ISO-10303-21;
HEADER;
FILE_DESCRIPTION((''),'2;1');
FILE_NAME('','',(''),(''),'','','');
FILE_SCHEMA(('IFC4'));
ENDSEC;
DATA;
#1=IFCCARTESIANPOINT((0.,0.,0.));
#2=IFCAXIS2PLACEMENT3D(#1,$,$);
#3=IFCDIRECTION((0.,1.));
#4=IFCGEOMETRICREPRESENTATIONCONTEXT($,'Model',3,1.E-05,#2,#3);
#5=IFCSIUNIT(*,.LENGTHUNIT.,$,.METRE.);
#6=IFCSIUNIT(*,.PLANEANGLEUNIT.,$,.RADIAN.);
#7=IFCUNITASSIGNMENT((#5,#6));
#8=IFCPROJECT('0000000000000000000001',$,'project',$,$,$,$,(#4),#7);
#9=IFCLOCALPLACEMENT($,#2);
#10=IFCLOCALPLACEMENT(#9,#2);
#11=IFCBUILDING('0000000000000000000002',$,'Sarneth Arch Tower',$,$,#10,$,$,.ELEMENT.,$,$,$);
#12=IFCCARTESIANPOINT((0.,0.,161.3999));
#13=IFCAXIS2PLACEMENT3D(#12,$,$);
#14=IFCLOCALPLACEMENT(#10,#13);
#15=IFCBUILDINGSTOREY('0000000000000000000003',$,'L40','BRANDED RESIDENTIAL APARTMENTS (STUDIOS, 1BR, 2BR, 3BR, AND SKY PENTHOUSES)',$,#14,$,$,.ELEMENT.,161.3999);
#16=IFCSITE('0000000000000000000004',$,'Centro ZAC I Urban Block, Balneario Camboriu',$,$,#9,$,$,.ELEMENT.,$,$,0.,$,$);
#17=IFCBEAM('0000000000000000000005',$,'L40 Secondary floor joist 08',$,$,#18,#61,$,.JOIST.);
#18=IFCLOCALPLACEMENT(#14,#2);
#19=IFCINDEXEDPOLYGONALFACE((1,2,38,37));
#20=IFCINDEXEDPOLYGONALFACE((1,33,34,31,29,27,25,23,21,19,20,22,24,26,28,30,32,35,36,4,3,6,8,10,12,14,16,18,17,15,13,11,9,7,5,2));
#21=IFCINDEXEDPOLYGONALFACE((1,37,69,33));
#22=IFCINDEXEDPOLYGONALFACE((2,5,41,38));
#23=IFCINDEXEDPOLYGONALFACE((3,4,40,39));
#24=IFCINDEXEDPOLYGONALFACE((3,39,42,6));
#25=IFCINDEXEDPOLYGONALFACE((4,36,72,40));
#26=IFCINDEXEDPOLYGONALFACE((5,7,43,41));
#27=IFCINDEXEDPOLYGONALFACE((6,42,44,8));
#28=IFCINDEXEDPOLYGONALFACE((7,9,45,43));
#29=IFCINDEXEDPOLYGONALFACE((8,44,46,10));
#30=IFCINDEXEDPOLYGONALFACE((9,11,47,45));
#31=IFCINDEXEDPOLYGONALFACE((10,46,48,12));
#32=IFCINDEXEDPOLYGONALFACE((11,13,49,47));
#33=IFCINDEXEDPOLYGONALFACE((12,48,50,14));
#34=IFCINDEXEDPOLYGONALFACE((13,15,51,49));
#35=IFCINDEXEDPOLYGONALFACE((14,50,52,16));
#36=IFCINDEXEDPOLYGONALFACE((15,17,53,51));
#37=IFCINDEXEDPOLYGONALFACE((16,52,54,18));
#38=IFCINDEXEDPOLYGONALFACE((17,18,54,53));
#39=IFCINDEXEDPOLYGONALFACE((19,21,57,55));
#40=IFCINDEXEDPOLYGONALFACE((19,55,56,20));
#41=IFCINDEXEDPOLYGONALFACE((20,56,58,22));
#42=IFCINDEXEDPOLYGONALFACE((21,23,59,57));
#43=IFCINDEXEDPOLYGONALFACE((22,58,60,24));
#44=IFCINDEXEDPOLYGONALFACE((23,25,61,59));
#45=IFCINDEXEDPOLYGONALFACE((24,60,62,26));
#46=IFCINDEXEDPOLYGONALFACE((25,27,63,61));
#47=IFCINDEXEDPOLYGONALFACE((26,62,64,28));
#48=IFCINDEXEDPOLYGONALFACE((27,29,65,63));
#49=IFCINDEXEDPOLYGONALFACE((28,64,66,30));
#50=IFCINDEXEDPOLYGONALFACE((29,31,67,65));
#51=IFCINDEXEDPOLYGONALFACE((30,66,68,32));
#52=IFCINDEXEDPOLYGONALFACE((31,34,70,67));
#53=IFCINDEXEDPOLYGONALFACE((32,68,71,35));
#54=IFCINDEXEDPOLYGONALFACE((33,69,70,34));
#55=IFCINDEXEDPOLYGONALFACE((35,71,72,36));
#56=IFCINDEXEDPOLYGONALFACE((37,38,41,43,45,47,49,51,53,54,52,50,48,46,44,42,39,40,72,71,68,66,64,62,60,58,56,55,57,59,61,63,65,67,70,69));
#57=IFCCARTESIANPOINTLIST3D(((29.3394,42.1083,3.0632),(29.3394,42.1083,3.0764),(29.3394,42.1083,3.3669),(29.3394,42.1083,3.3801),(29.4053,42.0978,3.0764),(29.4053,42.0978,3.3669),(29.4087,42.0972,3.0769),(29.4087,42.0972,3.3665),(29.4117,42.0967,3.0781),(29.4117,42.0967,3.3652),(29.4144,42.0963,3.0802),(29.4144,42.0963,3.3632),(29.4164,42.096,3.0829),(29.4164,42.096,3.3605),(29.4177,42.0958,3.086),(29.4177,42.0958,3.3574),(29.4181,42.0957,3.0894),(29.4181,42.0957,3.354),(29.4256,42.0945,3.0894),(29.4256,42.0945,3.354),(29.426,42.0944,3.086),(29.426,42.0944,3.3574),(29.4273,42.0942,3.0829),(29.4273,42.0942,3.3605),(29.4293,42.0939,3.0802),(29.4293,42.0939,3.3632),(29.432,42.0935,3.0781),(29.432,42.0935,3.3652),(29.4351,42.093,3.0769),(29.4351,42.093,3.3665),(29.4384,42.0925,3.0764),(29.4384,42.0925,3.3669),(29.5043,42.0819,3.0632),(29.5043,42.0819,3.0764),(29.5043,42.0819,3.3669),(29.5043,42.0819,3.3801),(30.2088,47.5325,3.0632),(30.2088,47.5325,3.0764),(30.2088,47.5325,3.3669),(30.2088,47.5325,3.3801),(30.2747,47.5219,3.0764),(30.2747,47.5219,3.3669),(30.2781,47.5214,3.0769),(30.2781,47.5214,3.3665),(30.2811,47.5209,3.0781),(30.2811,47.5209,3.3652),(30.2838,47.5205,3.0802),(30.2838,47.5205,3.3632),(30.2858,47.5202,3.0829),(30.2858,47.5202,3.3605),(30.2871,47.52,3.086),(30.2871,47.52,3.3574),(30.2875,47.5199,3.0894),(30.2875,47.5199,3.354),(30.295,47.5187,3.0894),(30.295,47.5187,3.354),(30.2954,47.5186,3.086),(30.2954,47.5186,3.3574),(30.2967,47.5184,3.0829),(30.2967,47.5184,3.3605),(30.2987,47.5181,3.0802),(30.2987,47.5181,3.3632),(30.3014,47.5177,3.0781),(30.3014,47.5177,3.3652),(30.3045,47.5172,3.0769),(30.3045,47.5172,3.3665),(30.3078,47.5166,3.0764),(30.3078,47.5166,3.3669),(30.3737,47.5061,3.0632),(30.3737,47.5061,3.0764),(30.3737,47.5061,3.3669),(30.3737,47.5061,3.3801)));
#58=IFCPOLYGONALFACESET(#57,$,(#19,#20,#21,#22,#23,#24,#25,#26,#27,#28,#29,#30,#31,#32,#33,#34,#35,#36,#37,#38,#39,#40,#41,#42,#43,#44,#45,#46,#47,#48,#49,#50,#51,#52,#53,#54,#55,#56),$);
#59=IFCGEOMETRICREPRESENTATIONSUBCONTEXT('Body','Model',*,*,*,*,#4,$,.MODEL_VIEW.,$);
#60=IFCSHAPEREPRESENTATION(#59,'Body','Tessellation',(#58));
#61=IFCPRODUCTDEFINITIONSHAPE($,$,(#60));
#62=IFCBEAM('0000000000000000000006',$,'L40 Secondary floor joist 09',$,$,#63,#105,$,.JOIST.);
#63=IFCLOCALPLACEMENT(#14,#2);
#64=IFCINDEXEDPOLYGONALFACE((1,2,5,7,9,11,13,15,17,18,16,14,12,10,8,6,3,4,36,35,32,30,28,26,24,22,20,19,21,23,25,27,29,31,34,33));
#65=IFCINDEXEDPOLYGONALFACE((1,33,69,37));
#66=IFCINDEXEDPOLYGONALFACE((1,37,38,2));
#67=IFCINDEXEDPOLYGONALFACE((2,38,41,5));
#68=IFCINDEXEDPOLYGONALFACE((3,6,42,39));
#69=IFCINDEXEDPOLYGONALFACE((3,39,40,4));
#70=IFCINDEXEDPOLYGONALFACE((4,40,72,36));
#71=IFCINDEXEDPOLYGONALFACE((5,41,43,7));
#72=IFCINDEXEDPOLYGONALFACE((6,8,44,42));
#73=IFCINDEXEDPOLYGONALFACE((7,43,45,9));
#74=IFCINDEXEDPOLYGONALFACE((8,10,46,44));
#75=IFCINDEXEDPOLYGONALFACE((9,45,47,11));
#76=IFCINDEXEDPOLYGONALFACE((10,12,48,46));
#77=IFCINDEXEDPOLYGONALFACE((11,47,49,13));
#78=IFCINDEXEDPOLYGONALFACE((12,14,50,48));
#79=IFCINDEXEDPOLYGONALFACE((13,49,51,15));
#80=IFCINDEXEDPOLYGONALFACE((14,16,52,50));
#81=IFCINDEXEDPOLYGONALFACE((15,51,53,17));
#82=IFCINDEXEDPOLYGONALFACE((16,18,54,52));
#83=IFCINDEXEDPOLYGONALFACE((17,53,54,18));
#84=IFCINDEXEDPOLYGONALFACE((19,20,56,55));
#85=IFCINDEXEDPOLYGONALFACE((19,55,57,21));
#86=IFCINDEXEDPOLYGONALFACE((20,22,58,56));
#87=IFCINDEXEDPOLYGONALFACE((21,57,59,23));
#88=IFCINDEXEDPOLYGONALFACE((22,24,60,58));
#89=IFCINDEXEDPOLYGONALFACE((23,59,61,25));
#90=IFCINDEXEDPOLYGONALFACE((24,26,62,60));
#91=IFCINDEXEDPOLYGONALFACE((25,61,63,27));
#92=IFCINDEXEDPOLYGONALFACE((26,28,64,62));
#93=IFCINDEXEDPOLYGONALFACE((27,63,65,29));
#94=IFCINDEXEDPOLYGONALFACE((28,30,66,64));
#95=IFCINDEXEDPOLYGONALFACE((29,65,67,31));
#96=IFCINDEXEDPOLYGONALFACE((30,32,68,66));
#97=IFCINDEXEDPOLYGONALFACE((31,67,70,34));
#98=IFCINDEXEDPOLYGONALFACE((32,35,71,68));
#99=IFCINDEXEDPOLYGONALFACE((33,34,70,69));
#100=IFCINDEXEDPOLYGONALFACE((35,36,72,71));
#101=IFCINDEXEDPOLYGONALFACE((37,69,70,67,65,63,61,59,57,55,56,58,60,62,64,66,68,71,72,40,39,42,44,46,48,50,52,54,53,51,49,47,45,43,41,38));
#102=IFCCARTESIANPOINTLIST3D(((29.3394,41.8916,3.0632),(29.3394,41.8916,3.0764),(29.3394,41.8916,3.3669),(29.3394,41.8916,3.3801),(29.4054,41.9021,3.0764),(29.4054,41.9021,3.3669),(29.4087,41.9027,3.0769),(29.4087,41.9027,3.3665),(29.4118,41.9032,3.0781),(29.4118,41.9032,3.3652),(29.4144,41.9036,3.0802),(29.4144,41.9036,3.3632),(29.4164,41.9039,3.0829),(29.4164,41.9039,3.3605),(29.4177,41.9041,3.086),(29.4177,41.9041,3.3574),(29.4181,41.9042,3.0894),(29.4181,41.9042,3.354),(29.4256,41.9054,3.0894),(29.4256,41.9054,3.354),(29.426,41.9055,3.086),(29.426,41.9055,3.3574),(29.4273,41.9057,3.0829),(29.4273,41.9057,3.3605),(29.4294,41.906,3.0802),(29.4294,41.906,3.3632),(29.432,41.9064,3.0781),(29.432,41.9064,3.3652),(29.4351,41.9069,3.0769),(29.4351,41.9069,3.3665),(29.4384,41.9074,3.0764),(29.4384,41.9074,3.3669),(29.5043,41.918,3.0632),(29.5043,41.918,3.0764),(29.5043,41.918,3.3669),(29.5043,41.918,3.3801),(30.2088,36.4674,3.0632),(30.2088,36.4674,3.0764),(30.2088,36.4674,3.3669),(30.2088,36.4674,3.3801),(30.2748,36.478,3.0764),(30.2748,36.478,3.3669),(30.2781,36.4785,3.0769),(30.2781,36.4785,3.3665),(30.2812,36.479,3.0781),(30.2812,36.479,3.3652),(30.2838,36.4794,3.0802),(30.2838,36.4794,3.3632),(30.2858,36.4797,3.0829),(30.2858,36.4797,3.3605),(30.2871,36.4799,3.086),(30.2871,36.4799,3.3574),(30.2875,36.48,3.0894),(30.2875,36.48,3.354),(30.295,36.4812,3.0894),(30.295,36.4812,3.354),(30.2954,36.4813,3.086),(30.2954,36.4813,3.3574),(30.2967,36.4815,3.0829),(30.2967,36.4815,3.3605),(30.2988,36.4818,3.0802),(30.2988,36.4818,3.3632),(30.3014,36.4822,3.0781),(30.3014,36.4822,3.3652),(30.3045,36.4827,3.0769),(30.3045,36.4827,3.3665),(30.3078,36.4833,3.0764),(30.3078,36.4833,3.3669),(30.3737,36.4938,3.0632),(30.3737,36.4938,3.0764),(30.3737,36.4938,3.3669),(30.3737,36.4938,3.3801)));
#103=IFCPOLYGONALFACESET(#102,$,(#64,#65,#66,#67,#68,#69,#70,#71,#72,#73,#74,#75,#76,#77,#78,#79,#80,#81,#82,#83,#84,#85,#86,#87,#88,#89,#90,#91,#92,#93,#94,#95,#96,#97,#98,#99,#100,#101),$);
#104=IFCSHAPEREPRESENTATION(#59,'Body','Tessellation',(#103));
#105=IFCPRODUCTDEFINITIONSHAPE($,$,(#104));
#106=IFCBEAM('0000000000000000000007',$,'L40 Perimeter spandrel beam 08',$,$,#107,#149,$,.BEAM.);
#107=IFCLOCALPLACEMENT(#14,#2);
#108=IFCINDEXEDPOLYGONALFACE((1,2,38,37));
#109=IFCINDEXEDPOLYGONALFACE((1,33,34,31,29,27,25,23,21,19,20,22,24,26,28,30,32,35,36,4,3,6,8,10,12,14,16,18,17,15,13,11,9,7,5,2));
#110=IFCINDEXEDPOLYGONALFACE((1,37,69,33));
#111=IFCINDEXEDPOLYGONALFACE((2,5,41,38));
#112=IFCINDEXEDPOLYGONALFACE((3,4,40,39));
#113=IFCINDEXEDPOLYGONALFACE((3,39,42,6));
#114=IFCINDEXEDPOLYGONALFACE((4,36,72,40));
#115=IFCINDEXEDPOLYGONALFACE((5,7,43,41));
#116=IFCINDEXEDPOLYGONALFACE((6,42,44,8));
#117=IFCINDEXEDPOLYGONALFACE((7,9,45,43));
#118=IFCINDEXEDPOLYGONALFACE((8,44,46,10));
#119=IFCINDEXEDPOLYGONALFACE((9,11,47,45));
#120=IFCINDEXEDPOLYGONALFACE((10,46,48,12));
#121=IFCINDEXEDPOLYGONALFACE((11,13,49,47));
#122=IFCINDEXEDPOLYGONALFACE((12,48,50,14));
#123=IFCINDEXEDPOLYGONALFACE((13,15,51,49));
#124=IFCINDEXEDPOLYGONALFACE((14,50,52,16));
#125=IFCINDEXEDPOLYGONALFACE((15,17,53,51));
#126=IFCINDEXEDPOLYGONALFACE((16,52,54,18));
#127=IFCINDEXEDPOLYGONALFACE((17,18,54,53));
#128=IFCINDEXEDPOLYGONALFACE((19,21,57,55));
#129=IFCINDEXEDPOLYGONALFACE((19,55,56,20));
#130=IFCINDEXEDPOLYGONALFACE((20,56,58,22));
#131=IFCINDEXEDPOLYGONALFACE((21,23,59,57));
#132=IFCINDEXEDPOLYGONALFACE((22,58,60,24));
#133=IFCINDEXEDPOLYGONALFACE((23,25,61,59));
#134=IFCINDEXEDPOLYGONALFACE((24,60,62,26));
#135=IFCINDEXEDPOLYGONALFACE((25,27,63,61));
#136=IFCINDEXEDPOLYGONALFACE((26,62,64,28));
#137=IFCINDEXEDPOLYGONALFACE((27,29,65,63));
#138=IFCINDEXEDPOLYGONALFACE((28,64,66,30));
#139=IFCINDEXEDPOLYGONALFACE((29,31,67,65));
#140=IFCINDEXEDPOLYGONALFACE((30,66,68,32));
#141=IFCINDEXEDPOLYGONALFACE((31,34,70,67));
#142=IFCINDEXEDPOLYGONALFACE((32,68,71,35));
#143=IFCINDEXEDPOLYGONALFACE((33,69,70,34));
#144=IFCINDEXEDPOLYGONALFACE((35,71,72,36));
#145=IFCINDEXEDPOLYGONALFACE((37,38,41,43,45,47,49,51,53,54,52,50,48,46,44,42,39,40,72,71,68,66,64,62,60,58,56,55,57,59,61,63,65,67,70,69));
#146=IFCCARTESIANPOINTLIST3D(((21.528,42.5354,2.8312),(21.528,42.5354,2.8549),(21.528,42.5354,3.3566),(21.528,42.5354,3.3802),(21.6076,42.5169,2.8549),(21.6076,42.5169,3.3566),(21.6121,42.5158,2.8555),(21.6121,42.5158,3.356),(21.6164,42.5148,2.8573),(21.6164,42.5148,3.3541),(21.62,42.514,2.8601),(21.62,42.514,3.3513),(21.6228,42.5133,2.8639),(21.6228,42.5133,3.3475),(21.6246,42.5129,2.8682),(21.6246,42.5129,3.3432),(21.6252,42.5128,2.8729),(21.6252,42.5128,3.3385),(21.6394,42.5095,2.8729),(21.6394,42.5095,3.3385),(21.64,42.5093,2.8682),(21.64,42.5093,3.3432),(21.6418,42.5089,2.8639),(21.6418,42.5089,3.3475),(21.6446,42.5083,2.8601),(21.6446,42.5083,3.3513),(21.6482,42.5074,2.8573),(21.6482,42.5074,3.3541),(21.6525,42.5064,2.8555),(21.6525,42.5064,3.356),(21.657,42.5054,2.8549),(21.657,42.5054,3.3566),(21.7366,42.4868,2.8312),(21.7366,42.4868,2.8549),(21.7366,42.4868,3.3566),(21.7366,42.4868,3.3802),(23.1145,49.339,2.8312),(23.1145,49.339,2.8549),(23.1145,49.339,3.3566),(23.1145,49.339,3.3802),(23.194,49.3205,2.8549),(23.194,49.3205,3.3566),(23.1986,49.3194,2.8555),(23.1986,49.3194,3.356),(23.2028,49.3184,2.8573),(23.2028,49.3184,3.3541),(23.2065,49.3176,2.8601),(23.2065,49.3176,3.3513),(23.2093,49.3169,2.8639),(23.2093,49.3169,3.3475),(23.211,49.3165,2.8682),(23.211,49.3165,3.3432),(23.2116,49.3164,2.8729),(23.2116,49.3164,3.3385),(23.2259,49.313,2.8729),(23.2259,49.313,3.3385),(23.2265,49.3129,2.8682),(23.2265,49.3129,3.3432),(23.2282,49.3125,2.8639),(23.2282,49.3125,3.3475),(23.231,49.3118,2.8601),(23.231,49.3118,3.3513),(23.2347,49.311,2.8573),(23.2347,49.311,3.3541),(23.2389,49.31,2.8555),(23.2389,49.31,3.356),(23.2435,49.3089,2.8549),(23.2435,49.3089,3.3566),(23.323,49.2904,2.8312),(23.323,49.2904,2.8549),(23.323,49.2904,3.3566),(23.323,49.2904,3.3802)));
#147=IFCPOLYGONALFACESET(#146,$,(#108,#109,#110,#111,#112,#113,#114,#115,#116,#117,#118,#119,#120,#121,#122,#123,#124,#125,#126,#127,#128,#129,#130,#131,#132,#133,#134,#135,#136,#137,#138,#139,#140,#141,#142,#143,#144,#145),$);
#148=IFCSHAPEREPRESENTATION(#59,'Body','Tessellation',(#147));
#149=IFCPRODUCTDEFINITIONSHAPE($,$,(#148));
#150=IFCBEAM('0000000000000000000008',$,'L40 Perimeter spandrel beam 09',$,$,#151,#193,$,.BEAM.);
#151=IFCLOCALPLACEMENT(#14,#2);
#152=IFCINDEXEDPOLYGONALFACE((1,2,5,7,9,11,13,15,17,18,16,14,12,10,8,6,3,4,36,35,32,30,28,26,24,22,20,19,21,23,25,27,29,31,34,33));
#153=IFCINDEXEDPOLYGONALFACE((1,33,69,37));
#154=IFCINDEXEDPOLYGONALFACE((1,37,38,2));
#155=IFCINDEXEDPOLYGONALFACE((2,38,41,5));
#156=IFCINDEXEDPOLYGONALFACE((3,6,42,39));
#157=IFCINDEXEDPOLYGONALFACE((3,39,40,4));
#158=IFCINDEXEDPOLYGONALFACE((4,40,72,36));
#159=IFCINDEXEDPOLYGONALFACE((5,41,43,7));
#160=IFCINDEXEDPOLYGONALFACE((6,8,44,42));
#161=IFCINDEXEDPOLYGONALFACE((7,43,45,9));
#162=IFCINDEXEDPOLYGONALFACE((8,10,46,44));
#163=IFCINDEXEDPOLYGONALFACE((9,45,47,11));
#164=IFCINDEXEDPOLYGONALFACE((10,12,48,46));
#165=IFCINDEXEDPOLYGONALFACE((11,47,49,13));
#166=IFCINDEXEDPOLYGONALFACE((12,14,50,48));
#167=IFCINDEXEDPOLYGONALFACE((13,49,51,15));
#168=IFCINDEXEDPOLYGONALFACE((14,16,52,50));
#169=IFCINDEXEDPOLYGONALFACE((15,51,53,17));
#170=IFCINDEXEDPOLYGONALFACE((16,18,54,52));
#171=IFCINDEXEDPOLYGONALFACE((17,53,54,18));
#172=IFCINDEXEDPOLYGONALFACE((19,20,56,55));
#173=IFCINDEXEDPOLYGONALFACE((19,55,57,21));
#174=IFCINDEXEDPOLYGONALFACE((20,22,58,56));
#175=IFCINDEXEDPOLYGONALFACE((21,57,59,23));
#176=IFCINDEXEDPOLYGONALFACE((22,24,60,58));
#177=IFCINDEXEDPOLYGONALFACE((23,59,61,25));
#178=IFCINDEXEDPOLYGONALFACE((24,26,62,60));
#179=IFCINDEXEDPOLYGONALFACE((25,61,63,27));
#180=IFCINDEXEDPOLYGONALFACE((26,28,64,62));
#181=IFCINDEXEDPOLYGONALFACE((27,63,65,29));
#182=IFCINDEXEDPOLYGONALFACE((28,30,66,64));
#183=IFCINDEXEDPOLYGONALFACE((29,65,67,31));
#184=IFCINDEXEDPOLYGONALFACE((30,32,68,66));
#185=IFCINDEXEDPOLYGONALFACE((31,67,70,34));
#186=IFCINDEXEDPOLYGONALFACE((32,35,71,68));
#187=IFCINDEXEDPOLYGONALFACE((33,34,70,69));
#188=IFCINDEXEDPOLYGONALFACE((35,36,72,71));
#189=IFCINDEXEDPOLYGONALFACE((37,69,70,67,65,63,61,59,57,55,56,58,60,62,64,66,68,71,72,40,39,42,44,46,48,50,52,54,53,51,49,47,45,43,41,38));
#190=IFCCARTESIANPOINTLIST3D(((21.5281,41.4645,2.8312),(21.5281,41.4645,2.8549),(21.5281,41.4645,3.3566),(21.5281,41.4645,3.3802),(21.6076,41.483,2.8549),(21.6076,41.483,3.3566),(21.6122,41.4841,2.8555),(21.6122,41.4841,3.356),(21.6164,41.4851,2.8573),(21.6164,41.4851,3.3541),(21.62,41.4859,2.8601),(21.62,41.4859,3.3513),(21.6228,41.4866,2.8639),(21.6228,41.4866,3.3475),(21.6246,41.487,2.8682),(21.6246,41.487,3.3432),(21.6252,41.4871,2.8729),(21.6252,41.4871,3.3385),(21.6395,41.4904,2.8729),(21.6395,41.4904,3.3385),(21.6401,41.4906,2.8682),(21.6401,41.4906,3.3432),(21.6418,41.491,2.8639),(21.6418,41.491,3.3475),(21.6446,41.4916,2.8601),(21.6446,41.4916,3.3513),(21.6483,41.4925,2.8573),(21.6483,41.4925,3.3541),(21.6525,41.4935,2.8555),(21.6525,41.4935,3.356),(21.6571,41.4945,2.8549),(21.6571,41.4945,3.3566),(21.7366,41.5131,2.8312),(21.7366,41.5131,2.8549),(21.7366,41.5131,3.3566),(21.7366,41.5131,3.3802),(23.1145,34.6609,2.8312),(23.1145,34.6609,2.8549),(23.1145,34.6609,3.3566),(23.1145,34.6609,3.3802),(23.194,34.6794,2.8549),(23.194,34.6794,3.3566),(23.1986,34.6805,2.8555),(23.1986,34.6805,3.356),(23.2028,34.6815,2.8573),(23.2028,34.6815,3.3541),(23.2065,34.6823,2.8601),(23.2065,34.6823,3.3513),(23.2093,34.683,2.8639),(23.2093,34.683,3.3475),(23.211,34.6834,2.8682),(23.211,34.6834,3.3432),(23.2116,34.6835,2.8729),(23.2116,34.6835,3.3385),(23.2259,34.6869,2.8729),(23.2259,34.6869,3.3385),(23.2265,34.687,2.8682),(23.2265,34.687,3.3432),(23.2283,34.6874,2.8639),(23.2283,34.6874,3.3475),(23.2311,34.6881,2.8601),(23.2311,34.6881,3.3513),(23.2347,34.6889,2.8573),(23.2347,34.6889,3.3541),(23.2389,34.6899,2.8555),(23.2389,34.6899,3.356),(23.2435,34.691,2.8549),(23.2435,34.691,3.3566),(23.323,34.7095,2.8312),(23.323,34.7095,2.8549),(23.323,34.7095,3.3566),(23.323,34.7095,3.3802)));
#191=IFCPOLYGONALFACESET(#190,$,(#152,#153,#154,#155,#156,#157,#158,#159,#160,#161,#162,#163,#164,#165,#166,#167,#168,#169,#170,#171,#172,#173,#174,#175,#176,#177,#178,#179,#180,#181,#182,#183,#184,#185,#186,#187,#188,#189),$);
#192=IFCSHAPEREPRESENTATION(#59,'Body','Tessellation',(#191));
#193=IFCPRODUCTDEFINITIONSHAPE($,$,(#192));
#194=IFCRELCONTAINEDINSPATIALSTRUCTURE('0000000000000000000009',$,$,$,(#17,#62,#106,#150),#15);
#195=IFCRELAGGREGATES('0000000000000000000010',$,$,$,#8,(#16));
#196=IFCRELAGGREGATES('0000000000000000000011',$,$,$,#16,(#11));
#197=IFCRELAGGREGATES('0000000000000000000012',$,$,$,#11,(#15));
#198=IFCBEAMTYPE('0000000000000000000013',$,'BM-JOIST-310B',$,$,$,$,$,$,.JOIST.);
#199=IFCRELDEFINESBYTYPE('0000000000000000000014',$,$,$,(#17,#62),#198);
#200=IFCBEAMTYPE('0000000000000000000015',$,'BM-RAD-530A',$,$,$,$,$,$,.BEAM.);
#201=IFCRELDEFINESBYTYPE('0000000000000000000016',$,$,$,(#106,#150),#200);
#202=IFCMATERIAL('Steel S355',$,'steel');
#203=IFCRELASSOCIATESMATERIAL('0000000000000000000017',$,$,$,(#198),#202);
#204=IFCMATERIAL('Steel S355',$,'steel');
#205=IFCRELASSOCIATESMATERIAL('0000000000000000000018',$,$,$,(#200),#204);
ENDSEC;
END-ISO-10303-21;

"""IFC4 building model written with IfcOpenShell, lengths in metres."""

from ifc_helpers import new_model, si_unit, direction, frame, origin, origin_2d, place, context, subcontext, project, spatial, i_section, extrude, material, material_profile, profile_set, type_object, element, save


model = new_model("IFC4")

# Units and contexts
model_context = context("Model", 3, precision=1e-05, world=origin(), true_north=direction((0.0, 1.0)))
body_context = subcontext(model_context, "Body", "Model", "MODEL_VIEW")
ifc_project = project(units=[si_unit("LENGTHUNIT", "METRE"), si_unit("PLANEANGLEUNIT", "RADIAN")], contexts=[model_context])

# Site, building, storey
site_placement = place(None, origin())
site = spatial("IfcSite", under=ifc_project, at=site_placement, Name="Centro ZAC I Urban Block, Balneario Camboriu", CompositionType="ELEMENT", RefElevation=0.0)
building_placement = place(site_placement, origin())
building = spatial("IfcBuilding", under=site, at=building_placement, Name="Sarneth Arch Tower", CompositionType="ELEMENT")
storey_placement = place(building_placement, frame((0.0, 0.0, 161.3999)))
storey = spatial("IfcBuildingStorey", under=building, at=storey_placement, Name="L40", Description="BRANDED RESIDENTIAL APARTMENTS (STUDIOS, 1BR, 2BR, 3BR, AND SKY PENTHOUSES)", CompositionType="ELEMENT", Elevation=161.3999)

# Beams
ifc_material_1 = material(Name="Steel S355", Category="steel")
ifc_material_profile_1 = material_profile(ifc_material_1, i_section(OverallWidth=0.167, OverallDepth=0.3169, WebThickness=0.0076, FlangeThickness=0.0132, FilletRadius=0.0129, at=origin_2d()), Name="W310x52")
ifc_profile_set_1 = profile_set([ifc_material_profile_1], Name="Steel S355")
beam_type_1 = type_object("IfcBeamType", Name="BM-JOIST-310B", PredefinedType="JOIST", material=ifc_profile_set_1)
for number, where, z_axis, x_axis, name in (
    (1, (30.2913, 47.5193, 3.2217), (-0.158263, -0.987397, 0.0), (0.987397, -0.158263, 0.0), "L40 Secondary floor joist 08"),
    (2, (29.4219, 41.9048, 3.2217), (0.158263, -0.987397, 0.0), (0.987397, 0.158263, 0.0), "L40 Secondary floor joist 09"),
):
    element("IfcBeam", number, at=place(storey_placement, frame(where, z_axis=z_axis, x_axis=x_axis)), inside=storey, type_object=beam_type_1, Name=name, PredefinedType="JOIST", context=body_context, shape_type="SweptSolid", body=[
        extrude(i_section(OverallWidth=0.167, OverallDepth=0.3169, WebThickness=0.0076, FlangeThickness=0.0132, FilletRadius=0.0129, at=origin_2d()), origin(), (0.0, 0.0, 1.0), 5.4934),
    ])
ifc_material_2 = material(Name="Steel S355", Category="steel")
ifc_material_profile_2 = material_profile(ifc_material_2, i_section(OverallWidth=0.2141, OverallDepth=0.5491, WebThickness=0.0146, FlangeThickness=0.0237, FilletRadius=0.0181, at=origin_2d()), Name="W530x138")
ifc_profile_set_2 = profile_set([ifc_material_profile_2], Name="Steel S355")
beam_type_2 = type_object("IfcBeamType", Name="BM-RAD-530A", PredefinedType="BEAM", material=ifc_profile_set_2)
for number, where, z_axis, x_axis, name in (
    (3, (23.2188, 49.3147, 3.1057), (-0.227087, -0.973874, 0.0), (0.973874, -0.227087, 0.0), "L40 Perimeter spandrel beam 08"),
    (4, (21.6323, 41.4888, 3.1057), (0.227087, -0.973874, 0.0), (0.973874, 0.227087, 0.0), "L40 Perimeter spandrel beam 09"),
):
    element("IfcBeam", number, at=place(storey_placement, frame(where, z_axis=z_axis, x_axis=x_axis)), inside=storey, type_object=beam_type_2, Name=name, PredefinedType="BEAM", context=body_context, shape_type="SweptSolid", body=[
        extrude(i_section(OverallWidth=0.2141, OverallDepth=0.5491, WebThickness=0.0146, FlangeThickness=0.0237, FilletRadius=0.0181, at=origin_2d()), origin(), (0.0, 0.0, 1.0), 6.9861),
    ])

save(model, "model.ifc")
